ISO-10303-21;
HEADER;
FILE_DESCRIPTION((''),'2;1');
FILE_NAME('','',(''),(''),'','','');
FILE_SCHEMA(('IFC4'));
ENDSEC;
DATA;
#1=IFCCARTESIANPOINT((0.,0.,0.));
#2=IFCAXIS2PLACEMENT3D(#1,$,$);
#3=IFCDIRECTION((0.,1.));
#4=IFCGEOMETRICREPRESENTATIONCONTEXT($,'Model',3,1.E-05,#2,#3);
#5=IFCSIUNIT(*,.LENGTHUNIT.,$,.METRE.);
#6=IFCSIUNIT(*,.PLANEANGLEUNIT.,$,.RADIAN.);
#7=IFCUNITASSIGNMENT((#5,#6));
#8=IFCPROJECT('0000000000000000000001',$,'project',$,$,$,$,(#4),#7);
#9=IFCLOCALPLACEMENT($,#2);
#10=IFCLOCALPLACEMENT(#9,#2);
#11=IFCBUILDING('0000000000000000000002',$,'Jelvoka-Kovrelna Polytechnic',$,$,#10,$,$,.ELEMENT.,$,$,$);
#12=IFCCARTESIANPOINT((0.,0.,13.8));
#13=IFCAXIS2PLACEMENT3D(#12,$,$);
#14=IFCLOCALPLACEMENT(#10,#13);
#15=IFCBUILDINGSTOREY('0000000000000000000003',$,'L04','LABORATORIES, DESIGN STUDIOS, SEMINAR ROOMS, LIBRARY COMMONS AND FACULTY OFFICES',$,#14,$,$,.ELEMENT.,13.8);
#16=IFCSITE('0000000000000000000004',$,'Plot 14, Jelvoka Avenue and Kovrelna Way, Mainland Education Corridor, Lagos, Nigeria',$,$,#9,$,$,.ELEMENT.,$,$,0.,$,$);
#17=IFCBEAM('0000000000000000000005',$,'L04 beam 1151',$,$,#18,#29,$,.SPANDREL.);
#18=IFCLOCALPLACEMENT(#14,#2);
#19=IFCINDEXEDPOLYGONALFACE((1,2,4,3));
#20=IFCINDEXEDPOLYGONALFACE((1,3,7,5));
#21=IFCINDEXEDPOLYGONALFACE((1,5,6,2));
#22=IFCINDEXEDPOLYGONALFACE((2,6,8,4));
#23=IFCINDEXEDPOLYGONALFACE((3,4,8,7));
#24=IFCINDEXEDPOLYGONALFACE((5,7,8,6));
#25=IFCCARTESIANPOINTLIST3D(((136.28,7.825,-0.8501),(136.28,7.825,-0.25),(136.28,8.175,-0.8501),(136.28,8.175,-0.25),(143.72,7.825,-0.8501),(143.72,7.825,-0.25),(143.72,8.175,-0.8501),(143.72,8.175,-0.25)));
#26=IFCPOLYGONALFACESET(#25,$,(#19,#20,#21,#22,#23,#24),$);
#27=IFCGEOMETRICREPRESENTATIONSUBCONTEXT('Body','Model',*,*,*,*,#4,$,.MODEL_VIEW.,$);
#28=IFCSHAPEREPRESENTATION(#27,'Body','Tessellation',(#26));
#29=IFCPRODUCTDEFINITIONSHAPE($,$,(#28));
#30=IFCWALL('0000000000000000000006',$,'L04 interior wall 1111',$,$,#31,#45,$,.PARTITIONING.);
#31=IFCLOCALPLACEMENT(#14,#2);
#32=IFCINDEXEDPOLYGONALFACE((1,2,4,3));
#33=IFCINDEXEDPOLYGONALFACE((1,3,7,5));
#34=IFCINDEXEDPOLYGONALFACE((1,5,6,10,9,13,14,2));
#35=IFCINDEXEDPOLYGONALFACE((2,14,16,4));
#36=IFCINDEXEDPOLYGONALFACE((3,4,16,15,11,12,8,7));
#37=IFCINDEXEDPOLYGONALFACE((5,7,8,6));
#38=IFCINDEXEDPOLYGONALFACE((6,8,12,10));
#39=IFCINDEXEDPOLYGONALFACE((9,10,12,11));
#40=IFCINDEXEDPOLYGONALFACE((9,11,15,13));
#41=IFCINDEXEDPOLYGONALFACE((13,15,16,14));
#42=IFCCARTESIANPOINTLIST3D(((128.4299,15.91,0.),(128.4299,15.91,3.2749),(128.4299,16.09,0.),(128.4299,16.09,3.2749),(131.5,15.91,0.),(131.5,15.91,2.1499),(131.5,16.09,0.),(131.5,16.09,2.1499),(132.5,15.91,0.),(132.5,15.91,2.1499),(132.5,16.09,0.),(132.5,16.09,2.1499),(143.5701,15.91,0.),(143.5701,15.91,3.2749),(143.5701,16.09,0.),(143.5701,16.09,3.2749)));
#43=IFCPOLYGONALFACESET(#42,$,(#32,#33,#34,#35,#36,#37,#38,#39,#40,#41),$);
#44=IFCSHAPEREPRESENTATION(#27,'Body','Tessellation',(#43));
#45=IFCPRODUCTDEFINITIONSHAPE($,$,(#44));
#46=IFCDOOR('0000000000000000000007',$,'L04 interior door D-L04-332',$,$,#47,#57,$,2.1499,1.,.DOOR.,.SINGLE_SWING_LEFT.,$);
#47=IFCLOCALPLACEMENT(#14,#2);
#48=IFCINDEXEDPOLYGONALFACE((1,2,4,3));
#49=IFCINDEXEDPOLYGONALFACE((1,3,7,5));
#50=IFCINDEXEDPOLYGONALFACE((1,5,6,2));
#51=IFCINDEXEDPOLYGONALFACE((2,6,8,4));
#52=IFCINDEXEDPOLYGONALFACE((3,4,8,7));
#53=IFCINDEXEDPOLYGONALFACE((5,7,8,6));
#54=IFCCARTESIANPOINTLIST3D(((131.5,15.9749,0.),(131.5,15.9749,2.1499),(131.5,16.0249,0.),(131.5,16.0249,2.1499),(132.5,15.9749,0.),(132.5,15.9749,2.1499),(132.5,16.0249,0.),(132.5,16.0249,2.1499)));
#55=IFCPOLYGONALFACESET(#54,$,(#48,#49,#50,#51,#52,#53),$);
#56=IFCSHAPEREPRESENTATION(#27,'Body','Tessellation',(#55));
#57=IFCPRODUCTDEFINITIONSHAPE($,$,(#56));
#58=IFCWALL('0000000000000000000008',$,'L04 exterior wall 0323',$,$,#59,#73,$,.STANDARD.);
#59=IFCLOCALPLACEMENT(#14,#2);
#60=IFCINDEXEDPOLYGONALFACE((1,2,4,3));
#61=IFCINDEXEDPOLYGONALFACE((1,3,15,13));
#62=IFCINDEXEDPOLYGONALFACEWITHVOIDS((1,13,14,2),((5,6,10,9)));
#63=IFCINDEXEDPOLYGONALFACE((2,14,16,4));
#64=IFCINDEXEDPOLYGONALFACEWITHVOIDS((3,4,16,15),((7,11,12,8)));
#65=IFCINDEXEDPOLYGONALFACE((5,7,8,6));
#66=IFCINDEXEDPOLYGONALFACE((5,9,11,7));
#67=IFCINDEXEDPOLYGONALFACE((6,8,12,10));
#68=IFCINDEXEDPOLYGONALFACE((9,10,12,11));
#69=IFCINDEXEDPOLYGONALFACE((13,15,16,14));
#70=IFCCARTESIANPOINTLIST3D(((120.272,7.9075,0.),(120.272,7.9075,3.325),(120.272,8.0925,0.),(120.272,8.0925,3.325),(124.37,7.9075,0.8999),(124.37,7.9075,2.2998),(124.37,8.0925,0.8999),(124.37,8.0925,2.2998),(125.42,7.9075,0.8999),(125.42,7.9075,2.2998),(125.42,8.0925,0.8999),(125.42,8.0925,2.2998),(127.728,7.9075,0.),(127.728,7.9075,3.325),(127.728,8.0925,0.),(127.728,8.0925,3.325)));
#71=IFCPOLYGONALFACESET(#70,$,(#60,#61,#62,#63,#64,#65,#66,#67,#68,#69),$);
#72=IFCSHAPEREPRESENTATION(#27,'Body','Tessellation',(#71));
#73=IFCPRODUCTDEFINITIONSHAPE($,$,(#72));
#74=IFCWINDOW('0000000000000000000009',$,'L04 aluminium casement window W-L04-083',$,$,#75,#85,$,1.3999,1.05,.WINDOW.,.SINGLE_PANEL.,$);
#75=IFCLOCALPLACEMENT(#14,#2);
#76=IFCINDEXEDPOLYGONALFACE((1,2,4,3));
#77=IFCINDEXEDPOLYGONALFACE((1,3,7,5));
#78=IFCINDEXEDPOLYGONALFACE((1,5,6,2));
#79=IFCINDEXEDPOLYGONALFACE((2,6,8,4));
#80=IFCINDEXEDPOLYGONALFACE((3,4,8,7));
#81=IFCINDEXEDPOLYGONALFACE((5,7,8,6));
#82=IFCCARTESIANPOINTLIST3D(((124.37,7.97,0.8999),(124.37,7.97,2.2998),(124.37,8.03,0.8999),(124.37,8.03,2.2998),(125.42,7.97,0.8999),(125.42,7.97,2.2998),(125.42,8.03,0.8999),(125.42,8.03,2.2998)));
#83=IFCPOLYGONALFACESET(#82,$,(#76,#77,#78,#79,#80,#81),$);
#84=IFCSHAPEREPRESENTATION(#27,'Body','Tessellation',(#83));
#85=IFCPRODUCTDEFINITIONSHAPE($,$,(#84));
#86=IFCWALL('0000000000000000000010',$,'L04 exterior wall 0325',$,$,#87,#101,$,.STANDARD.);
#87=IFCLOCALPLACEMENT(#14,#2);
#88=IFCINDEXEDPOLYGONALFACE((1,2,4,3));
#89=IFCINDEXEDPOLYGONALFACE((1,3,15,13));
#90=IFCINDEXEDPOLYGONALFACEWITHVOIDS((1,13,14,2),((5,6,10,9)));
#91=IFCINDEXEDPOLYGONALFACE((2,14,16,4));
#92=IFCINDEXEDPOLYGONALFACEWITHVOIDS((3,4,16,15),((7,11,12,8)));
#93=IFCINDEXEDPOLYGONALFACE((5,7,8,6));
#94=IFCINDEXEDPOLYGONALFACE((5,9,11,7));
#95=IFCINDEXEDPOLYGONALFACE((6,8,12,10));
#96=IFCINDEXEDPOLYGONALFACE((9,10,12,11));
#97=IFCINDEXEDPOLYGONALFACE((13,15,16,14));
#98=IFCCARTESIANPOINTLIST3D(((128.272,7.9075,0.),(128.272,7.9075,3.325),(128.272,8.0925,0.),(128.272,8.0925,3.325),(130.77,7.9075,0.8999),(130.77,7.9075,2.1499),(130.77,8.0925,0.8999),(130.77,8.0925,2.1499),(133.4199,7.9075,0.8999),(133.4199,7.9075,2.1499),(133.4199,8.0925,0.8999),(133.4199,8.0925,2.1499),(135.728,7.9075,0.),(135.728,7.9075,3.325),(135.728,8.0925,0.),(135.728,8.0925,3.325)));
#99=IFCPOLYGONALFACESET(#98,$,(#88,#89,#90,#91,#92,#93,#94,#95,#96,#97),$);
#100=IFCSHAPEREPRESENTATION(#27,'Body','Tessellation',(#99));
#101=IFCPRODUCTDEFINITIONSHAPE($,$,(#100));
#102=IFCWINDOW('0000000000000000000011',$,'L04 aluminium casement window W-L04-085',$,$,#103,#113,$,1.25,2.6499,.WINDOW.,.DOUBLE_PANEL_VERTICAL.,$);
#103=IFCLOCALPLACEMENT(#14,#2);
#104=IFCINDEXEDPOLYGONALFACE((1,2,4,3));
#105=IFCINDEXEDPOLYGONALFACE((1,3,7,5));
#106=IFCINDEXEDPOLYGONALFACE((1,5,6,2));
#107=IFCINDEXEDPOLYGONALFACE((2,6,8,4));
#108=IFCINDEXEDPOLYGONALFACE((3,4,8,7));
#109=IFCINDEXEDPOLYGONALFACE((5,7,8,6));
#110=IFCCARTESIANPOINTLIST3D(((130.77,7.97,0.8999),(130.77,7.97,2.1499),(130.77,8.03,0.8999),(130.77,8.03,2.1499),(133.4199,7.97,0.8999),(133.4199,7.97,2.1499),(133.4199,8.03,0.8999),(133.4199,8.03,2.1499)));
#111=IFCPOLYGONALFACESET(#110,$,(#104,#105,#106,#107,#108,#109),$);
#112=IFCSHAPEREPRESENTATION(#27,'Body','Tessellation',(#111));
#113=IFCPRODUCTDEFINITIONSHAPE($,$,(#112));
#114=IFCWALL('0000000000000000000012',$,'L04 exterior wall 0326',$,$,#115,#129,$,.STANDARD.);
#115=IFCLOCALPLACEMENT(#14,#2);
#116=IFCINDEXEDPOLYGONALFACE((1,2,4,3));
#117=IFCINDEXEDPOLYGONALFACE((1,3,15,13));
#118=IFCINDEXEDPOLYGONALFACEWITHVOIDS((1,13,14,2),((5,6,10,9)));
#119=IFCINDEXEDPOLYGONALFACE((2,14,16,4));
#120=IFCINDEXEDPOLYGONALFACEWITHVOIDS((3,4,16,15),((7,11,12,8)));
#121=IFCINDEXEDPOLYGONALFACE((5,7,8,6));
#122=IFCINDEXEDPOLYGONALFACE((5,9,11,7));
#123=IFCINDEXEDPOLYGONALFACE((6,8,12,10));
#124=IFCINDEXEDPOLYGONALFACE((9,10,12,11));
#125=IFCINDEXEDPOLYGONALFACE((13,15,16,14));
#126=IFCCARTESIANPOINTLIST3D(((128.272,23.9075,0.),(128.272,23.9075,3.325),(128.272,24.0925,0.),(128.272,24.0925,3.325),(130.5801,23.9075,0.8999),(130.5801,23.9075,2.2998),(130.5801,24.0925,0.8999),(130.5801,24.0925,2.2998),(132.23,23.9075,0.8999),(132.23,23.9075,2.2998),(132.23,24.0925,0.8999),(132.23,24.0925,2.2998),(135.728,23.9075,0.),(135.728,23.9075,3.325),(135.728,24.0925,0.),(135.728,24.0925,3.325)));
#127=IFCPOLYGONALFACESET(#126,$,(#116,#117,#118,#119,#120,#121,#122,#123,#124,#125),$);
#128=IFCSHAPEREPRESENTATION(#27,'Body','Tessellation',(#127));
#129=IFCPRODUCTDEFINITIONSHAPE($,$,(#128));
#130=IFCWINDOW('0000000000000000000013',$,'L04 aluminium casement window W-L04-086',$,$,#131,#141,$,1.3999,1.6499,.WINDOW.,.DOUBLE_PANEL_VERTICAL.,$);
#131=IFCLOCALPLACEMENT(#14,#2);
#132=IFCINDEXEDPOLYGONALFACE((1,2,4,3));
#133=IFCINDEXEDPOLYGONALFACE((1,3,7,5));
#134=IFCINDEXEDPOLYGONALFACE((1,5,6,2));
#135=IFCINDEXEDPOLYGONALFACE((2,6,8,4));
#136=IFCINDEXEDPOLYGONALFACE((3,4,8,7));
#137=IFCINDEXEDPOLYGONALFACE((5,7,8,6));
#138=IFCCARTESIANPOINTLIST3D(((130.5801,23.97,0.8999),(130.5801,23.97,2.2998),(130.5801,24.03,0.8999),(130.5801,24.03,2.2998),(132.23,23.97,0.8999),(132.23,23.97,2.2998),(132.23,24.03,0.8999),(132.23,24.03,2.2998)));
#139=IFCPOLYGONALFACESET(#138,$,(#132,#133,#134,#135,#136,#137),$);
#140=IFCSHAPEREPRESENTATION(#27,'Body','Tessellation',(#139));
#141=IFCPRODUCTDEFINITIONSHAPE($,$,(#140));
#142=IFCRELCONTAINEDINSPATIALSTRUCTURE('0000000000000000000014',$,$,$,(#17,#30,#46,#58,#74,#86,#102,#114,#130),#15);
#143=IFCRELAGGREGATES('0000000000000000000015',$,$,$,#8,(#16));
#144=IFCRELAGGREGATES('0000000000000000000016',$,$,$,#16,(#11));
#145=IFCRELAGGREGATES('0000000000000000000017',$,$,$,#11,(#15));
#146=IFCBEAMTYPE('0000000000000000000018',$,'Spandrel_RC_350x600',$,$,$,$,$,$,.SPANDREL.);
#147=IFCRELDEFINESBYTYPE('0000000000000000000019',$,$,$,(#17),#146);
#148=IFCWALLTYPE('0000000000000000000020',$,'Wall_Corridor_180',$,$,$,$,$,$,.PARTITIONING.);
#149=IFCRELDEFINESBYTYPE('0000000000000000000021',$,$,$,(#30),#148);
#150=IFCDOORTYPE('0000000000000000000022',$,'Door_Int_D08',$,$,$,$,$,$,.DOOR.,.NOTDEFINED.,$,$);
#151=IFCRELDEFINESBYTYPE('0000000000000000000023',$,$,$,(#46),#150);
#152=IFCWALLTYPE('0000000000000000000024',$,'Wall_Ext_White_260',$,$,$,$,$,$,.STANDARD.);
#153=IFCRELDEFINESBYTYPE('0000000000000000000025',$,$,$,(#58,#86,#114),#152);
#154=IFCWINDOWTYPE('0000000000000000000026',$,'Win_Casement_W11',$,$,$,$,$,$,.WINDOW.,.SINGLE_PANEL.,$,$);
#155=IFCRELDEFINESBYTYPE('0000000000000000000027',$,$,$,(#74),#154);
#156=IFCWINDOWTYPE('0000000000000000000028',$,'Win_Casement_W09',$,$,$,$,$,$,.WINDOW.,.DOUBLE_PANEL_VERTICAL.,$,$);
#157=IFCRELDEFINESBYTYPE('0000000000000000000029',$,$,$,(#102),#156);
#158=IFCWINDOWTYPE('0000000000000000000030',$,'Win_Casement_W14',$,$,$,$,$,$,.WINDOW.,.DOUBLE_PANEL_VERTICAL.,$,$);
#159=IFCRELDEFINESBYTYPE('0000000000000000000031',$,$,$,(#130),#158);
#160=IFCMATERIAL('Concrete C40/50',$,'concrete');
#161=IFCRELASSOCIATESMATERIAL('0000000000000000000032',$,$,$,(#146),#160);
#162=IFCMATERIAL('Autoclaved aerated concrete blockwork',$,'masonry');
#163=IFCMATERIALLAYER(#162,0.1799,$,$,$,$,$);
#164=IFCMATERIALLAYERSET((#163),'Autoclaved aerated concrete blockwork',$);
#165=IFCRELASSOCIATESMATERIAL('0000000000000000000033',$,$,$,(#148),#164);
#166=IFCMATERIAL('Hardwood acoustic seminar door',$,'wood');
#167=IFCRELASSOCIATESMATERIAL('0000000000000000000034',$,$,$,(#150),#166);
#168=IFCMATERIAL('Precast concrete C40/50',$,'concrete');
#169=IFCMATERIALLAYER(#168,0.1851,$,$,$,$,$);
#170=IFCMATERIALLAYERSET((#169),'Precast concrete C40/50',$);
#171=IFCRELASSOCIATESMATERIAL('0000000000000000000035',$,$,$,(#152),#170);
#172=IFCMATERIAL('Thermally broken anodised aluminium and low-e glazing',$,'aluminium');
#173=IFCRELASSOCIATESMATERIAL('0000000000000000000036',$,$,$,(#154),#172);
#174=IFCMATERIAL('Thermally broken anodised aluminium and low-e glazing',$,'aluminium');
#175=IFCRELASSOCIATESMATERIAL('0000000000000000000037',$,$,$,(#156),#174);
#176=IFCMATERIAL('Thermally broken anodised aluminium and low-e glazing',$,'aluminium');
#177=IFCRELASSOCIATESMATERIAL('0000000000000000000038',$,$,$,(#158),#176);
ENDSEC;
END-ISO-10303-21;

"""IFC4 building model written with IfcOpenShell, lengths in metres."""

from ifc_helpers import new_model, si_unit, direction, frame, frame_2d, origin, origin_2d, place, context, subcontext, project, spatial, rectangle, extrude, material, layer, layer_set, material_profile, profile_set, type_object, element, fill, save


model = new_model("IFC4")

# Units and contexts
model_context = context("Model", 3, precision=1e-05, world=origin(), true_north=direction((0.0, 1.0)))
body_context = subcontext(model_context, "Body", "Model", "MODEL_VIEW")
ifc_project = project(units=[si_unit("LENGTHUNIT", "METRE"), si_unit("PLANEANGLEUNIT", "RADIAN")], contexts=[model_context])

# Site, building, storey
site_placement = place(None, origin())
site = spatial("IfcSite", under=ifc_project, at=site_placement, Name="Plot 14, Jelvoka Avenue and Kovrelna Way, Mainland Education Corridor, Lagos, Nigeria", CompositionType="ELEMENT", RefElevation=0.0)
building_placement = place(site_placement, origin())
building = spatial("IfcBuilding", under=site, at=building_placement, Name="Jelvoka-Kovrelna Polytechnic", CompositionType="ELEMENT")
storey_placement = place(building_placement, frame((0.0, 0.0, 13.8)))
storey = spatial("IfcBuildingStorey", under=building, at=storey_placement, Name="L04", Description="LABORATORIES, DESIGN STUDIOS, SEMINAR ROOMS, LIBRARY COMMONS AND FACULTY OFFICES", CompositionType="ELEMENT", Elevation=13.8)

# Beam
ifc_material_1 = material(Name="Concrete C40/50", Category="concrete")
ifc_material_profile_1 = material_profile(ifc_material_1, rectangle(XDim=0.3501, YDim=0.6001, at=origin_2d()), Name="RC 350x600")
ifc_profile_set_1 = profile_set([ifc_material_profile_1], Name="Concrete C40/50")
beam_type_1 = type_object("IfcBeamType", Name="Spandrel_RC_350x600", PredefinedType="SPANDREL", material=ifc_profile_set_1)
for number, where, z_axis, x_axis, name in (
    (1, (136.28, 8.0, -0.55), (1.0, 0.0, 0.0), (0.0, 1.0, 0.0), "L04 beam 1151"),
):
    element("IfcBeam", number, at=place(storey_placement, frame(where, z_axis=z_axis, x_axis=x_axis)), inside=storey, type_object=beam_type_1, Name=name, PredefinedType="SPANDREL", context=body_context, shape_type="SweptSolid", body=[
        extrude(rectangle(XDim=0.3501, YDim=0.6001, at=origin_2d()), origin(), (0.0, 0.0, 1.0), 7.4399),
    ])

# Wall, opening, door
ifc_material_2 = material(Name="Autoclaved aerated concrete blockwork", Category="masonry")
ifc_layer_1 = layer(ifc_material_2, 0.1799)
ifc_layer_set_1 = layer_set([ifc_layer_1], Name="Autoclaved aerated concrete blockwork")
wall_type_1 = type_object("IfcWallType", Name="Wall_Corridor_180", PredefinedType="PARTITIONING", material=ifc_layer_set_1)
wall_1_placement = place(storey_placement, frame((128.4299, 16.0, 0.0), z_axis=(0.0, 0.0, 1.0), x_axis=(1.0, 0.0, 0.0)))
wall_1 = element("IfcWall", 2, at=wall_1_placement, inside=storey, type_object=wall_type_1, Name="L04 interior wall 1111", PredefinedType="PARTITIONING", context=body_context, shape_type="SweptSolid", body=[
    extrude(rectangle(XDim=15.1401, YDim=0.1799, at=frame_2d((7.5701, 0.0))), origin(), (0.0, 0.0, 1.0), 3.2749),
])
opening_1_placement = place(wall_1_placement, frame((3.0701, 0.0, 0.0)))
opening_1 = element("IfcOpeningElement", 3, at=opening_1_placement, cuts=wall_1, PredefinedType="OPENING", context=body_context, shape_type="SweptSolid", body=[
    extrude(rectangle(XDim=1.0, YDim=2.1499, at=frame_2d((0.5, 1.075))), frame((0.0, 0.0999, 0.0), z_axis=(0.0, -1.0, 0.0), x_axis=(1.0, 0.0, 0.0)), (0.0, 0.0, 1.0), 0.2),
])
ifc_material_3 = material(Name="Hardwood acoustic seminar door", Category="wood")
door_type = type_object("IfcDoorType", Name="Door_Int_D08", OperationType="NOTDEFINED", PredefinedType="DOOR", material=ifc_material_3)
door_placement = place(opening_1_placement, origin())
door = element("IfcDoor", 4, at=door_placement, inside=storey, type_object=door_type, Name="L04 interior door D-L04-332", OperationType="SINGLE_SWING_LEFT", OverallHeight=2.1499, OverallWidth=1.0, PredefinedType="DOOR", context=body_context, shape_type="SweptSolid", body=[
    extrude(rectangle(XDim=1.0, YDim=2.1499, at=frame_2d((0.5, 1.075))), frame((0.0, 0.0249, 0.0), z_axis=(0.0, -1.0, 0.0), x_axis=(1.0, 0.0, 0.0)), (0.0, 0.0, 1.0), 0.05),
])
fill(opening_1, door)

# Walls, openings, windows
ifc_material_4 = material(Name="Precast concrete C40/50", Category="concrete")
ifc_layer_2 = layer(ifc_material_4, 0.1851)
ifc_layer_set_2 = layer_set([ifc_layer_2], Name="Precast concrete C40/50")
wall_type_2 = type_object("IfcWallType", Name="Wall_Ext_White_260", PredefinedType="STANDARD", material=ifc_layer_set_2)
wall_2_placement = place(storey_placement, frame((127.728, 8.0, 0.0), z_axis=(0.0, 0.0, 1.0), x_axis=(-1.0, 0.0, 0.0)))
wall_2 = element("IfcWall", 5, at=wall_2_placement, inside=storey, type_object=wall_type_2, Name="L04 exterior wall 0323", PredefinedType="STANDARD", context=body_context, shape_type="SweptSolid", body=[
    extrude(rectangle(XDim=7.4561, YDim=0.1851, at=frame_2d((3.728, 0.0))), origin(), (0.0, 0.0, 1.0), 3.325),
])
opening_2_placement = place(wall_2_placement, frame((2.3081, 0.0, 0.8999)))
opening_2 = element("IfcOpeningElement", 6, at=opening_2_placement, cuts=wall_2, PredefinedType="OPENING", context=body_context, shape_type="SweptSolid", body=[
    extrude(rectangle(XDim=1.05, YDim=1.3999, at=frame_2d((0.5249, 0.7))), frame((0.0, 0.1025, 0.0), z_axis=(0.0, -1.0, 0.0), x_axis=(1.0, 0.0, 0.0)), (0.0, 0.0, 1.0), 0.2051),
])
ifc_material_5 = material(Name="Thermally broken anodised aluminium and low-e glazing", Category="aluminium")
window_type_1 = type_object("IfcWindowType", Name="Win_Casement_W11", PartitioningType="SINGLE_PANEL", PredefinedType="WINDOW", material=ifc_material_5)
window_1_placement = place(opening_2_placement, origin())
window_1 = element("IfcWindow", 7, at=window_1_placement, inside=storey, type_object=window_type_1, Name="L04 aluminium casement window W-L04-083", OverallHeight=1.3999, OverallWidth=1.05, PartitioningType="SINGLE_PANEL", PredefinedType="WINDOW", context=body_context, shape_type="SweptSolid", body=[
    extrude(rectangle(XDim=1.05, YDim=1.3999, at=frame_2d((0.5249, 0.7))), frame((0.0, 0.03, 0.0), z_axis=(0.0, -1.0, 0.0), x_axis=(1.0, 0.0, 0.0)), (0.0, 0.0, 1.0), 0.0601),
])
fill(opening_2, window_1)
wall_3_placement = place(storey_placement, frame((135.728, 8.0, 0.0), z_axis=(0.0, 0.0, 1.0), x_axis=(-1.0, 0.0, 0.0)))
wall_3 = element("IfcWall", 8, at=wall_3_placement, inside=storey, type_object=wall_type_2, Name="L04 exterior wall 0325", PredefinedType="STANDARD", context=body_context, shape_type="SweptSolid", body=[
    extrude(rectangle(XDim=7.4561, YDim=0.1851, at=frame_2d((3.728, 0.0))), origin(), (0.0, 0.0, 1.0), 3.325),
])
opening_3_placement = place(wall_3_placement, frame((2.3081, 0.0, 0.8999)))
opening_3 = element("IfcOpeningElement", 9, at=opening_3_placement, cuts=wall_3, PredefinedType="OPENING", context=body_context, shape_type="SweptSolid", body=[
    extrude(rectangle(XDim=2.6499, YDim=1.25, at=frame_2d((1.325, 0.625))), frame((0.0, 0.1025, 0.0), z_axis=(0.0, -1.0, 0.0), x_axis=(1.0, 0.0, 0.0)), (0.0, 0.0, 1.0), 0.2051),
])
ifc_material_6 = material(Name="Thermally broken anodised aluminium and low-e glazing", Category="aluminium")
window_type_2 = type_object("IfcWindowType", Name="Win_Casement_W09", PartitioningType="DOUBLE_PANEL_VERTICAL", PredefinedType="WINDOW", material=ifc_material_6)
window_2_placement = place(opening_3_placement, origin())
window_2 = element("IfcWindow", 10, at=window_2_placement, inside=storey, type_object=window_type_2, Name="L04 aluminium casement window W-L04-085", OverallHeight=1.25, OverallWidth=2.6499, PartitioningType="DOUBLE_PANEL_VERTICAL", PredefinedType="WINDOW", context=body_context, shape_type="SweptSolid", body=[
    extrude(rectangle(XDim=2.6499, YDim=1.25, at=frame_2d((1.325, 0.625))), frame((0.0, 0.03, 0.0), z_axis=(0.0, -1.0, 0.0), x_axis=(1.0, 0.0, 0.0)), (0.0, 0.0, 1.0), 0.0601),
])
fill(opening_3, window_2)
wall_4_placement = place(storey_placement, frame((128.272, 24.0, 0.0), z_axis=(0.0, 0.0, 1.0), x_axis=(1.0, 0.0, 0.0)))
wall_4 = element("IfcWall", 11, at=wall_4_placement, inside=storey, type_object=wall_type_2, Name="L04 exterior wall 0326", PredefinedType="STANDARD", context=body_context, shape_type="SweptSolid", body=[
    extrude(rectangle(XDim=7.4561, YDim=0.1851, at=frame_2d((3.728, 0.0))), origin(), (0.0, 0.0, 1.0), 3.325),
])
opening_4_placement = place(wall_4_placement, frame((2.3081, 0.0, 0.8999)))
opening_4 = element("IfcOpeningElement", 12, at=opening_4_placement, cuts=wall_4, PredefinedType="OPENING", context=body_context, shape_type="SweptSolid", body=[
    extrude(rectangle(XDim=1.6499, YDim=1.3999, at=frame_2d((0.825, 0.7))), frame((0.0, 0.1025, 0.0), z_axis=(0.0, -1.0, 0.0), x_axis=(1.0, 0.0, 0.0)), (0.0, 0.0, 1.0), 0.2051),
])
ifc_material_7 = material(Name="Thermally broken anodised aluminium and low-e glazing", Category="aluminium")
window_type_3 = type_object("IfcWindowType", Name="Win_Casement_W14", PartitioningType="DOUBLE_PANEL_VERTICAL", PredefinedType="WINDOW", material=ifc_material_7)
window_3_placement = place(opening_4_placement, origin())
window_3 = element("IfcWindow", 13, at=window_3_placement, inside=storey, type_object=window_type_3, Name="L04 aluminium casement window W-L04-086", OverallHeight=1.3999, OverallWidth=1.6499, PartitioningType="DOUBLE_PANEL_VERTICAL", PredefinedType="WINDOW", context=body_context, shape_type="SweptSolid", body=[
    extrude(rectangle(XDim=1.6499, YDim=1.3999, at=frame_2d((0.825, 0.7))), frame((0.0, 0.03, 0.0), z_axis=(0.0, -1.0, 0.0), x_axis=(1.0, 0.0, 0.0)), (0.0, 0.0, 1.0), 0.0601),
])
fill(opening_4, window_3)

save(model, "model.ifc")
